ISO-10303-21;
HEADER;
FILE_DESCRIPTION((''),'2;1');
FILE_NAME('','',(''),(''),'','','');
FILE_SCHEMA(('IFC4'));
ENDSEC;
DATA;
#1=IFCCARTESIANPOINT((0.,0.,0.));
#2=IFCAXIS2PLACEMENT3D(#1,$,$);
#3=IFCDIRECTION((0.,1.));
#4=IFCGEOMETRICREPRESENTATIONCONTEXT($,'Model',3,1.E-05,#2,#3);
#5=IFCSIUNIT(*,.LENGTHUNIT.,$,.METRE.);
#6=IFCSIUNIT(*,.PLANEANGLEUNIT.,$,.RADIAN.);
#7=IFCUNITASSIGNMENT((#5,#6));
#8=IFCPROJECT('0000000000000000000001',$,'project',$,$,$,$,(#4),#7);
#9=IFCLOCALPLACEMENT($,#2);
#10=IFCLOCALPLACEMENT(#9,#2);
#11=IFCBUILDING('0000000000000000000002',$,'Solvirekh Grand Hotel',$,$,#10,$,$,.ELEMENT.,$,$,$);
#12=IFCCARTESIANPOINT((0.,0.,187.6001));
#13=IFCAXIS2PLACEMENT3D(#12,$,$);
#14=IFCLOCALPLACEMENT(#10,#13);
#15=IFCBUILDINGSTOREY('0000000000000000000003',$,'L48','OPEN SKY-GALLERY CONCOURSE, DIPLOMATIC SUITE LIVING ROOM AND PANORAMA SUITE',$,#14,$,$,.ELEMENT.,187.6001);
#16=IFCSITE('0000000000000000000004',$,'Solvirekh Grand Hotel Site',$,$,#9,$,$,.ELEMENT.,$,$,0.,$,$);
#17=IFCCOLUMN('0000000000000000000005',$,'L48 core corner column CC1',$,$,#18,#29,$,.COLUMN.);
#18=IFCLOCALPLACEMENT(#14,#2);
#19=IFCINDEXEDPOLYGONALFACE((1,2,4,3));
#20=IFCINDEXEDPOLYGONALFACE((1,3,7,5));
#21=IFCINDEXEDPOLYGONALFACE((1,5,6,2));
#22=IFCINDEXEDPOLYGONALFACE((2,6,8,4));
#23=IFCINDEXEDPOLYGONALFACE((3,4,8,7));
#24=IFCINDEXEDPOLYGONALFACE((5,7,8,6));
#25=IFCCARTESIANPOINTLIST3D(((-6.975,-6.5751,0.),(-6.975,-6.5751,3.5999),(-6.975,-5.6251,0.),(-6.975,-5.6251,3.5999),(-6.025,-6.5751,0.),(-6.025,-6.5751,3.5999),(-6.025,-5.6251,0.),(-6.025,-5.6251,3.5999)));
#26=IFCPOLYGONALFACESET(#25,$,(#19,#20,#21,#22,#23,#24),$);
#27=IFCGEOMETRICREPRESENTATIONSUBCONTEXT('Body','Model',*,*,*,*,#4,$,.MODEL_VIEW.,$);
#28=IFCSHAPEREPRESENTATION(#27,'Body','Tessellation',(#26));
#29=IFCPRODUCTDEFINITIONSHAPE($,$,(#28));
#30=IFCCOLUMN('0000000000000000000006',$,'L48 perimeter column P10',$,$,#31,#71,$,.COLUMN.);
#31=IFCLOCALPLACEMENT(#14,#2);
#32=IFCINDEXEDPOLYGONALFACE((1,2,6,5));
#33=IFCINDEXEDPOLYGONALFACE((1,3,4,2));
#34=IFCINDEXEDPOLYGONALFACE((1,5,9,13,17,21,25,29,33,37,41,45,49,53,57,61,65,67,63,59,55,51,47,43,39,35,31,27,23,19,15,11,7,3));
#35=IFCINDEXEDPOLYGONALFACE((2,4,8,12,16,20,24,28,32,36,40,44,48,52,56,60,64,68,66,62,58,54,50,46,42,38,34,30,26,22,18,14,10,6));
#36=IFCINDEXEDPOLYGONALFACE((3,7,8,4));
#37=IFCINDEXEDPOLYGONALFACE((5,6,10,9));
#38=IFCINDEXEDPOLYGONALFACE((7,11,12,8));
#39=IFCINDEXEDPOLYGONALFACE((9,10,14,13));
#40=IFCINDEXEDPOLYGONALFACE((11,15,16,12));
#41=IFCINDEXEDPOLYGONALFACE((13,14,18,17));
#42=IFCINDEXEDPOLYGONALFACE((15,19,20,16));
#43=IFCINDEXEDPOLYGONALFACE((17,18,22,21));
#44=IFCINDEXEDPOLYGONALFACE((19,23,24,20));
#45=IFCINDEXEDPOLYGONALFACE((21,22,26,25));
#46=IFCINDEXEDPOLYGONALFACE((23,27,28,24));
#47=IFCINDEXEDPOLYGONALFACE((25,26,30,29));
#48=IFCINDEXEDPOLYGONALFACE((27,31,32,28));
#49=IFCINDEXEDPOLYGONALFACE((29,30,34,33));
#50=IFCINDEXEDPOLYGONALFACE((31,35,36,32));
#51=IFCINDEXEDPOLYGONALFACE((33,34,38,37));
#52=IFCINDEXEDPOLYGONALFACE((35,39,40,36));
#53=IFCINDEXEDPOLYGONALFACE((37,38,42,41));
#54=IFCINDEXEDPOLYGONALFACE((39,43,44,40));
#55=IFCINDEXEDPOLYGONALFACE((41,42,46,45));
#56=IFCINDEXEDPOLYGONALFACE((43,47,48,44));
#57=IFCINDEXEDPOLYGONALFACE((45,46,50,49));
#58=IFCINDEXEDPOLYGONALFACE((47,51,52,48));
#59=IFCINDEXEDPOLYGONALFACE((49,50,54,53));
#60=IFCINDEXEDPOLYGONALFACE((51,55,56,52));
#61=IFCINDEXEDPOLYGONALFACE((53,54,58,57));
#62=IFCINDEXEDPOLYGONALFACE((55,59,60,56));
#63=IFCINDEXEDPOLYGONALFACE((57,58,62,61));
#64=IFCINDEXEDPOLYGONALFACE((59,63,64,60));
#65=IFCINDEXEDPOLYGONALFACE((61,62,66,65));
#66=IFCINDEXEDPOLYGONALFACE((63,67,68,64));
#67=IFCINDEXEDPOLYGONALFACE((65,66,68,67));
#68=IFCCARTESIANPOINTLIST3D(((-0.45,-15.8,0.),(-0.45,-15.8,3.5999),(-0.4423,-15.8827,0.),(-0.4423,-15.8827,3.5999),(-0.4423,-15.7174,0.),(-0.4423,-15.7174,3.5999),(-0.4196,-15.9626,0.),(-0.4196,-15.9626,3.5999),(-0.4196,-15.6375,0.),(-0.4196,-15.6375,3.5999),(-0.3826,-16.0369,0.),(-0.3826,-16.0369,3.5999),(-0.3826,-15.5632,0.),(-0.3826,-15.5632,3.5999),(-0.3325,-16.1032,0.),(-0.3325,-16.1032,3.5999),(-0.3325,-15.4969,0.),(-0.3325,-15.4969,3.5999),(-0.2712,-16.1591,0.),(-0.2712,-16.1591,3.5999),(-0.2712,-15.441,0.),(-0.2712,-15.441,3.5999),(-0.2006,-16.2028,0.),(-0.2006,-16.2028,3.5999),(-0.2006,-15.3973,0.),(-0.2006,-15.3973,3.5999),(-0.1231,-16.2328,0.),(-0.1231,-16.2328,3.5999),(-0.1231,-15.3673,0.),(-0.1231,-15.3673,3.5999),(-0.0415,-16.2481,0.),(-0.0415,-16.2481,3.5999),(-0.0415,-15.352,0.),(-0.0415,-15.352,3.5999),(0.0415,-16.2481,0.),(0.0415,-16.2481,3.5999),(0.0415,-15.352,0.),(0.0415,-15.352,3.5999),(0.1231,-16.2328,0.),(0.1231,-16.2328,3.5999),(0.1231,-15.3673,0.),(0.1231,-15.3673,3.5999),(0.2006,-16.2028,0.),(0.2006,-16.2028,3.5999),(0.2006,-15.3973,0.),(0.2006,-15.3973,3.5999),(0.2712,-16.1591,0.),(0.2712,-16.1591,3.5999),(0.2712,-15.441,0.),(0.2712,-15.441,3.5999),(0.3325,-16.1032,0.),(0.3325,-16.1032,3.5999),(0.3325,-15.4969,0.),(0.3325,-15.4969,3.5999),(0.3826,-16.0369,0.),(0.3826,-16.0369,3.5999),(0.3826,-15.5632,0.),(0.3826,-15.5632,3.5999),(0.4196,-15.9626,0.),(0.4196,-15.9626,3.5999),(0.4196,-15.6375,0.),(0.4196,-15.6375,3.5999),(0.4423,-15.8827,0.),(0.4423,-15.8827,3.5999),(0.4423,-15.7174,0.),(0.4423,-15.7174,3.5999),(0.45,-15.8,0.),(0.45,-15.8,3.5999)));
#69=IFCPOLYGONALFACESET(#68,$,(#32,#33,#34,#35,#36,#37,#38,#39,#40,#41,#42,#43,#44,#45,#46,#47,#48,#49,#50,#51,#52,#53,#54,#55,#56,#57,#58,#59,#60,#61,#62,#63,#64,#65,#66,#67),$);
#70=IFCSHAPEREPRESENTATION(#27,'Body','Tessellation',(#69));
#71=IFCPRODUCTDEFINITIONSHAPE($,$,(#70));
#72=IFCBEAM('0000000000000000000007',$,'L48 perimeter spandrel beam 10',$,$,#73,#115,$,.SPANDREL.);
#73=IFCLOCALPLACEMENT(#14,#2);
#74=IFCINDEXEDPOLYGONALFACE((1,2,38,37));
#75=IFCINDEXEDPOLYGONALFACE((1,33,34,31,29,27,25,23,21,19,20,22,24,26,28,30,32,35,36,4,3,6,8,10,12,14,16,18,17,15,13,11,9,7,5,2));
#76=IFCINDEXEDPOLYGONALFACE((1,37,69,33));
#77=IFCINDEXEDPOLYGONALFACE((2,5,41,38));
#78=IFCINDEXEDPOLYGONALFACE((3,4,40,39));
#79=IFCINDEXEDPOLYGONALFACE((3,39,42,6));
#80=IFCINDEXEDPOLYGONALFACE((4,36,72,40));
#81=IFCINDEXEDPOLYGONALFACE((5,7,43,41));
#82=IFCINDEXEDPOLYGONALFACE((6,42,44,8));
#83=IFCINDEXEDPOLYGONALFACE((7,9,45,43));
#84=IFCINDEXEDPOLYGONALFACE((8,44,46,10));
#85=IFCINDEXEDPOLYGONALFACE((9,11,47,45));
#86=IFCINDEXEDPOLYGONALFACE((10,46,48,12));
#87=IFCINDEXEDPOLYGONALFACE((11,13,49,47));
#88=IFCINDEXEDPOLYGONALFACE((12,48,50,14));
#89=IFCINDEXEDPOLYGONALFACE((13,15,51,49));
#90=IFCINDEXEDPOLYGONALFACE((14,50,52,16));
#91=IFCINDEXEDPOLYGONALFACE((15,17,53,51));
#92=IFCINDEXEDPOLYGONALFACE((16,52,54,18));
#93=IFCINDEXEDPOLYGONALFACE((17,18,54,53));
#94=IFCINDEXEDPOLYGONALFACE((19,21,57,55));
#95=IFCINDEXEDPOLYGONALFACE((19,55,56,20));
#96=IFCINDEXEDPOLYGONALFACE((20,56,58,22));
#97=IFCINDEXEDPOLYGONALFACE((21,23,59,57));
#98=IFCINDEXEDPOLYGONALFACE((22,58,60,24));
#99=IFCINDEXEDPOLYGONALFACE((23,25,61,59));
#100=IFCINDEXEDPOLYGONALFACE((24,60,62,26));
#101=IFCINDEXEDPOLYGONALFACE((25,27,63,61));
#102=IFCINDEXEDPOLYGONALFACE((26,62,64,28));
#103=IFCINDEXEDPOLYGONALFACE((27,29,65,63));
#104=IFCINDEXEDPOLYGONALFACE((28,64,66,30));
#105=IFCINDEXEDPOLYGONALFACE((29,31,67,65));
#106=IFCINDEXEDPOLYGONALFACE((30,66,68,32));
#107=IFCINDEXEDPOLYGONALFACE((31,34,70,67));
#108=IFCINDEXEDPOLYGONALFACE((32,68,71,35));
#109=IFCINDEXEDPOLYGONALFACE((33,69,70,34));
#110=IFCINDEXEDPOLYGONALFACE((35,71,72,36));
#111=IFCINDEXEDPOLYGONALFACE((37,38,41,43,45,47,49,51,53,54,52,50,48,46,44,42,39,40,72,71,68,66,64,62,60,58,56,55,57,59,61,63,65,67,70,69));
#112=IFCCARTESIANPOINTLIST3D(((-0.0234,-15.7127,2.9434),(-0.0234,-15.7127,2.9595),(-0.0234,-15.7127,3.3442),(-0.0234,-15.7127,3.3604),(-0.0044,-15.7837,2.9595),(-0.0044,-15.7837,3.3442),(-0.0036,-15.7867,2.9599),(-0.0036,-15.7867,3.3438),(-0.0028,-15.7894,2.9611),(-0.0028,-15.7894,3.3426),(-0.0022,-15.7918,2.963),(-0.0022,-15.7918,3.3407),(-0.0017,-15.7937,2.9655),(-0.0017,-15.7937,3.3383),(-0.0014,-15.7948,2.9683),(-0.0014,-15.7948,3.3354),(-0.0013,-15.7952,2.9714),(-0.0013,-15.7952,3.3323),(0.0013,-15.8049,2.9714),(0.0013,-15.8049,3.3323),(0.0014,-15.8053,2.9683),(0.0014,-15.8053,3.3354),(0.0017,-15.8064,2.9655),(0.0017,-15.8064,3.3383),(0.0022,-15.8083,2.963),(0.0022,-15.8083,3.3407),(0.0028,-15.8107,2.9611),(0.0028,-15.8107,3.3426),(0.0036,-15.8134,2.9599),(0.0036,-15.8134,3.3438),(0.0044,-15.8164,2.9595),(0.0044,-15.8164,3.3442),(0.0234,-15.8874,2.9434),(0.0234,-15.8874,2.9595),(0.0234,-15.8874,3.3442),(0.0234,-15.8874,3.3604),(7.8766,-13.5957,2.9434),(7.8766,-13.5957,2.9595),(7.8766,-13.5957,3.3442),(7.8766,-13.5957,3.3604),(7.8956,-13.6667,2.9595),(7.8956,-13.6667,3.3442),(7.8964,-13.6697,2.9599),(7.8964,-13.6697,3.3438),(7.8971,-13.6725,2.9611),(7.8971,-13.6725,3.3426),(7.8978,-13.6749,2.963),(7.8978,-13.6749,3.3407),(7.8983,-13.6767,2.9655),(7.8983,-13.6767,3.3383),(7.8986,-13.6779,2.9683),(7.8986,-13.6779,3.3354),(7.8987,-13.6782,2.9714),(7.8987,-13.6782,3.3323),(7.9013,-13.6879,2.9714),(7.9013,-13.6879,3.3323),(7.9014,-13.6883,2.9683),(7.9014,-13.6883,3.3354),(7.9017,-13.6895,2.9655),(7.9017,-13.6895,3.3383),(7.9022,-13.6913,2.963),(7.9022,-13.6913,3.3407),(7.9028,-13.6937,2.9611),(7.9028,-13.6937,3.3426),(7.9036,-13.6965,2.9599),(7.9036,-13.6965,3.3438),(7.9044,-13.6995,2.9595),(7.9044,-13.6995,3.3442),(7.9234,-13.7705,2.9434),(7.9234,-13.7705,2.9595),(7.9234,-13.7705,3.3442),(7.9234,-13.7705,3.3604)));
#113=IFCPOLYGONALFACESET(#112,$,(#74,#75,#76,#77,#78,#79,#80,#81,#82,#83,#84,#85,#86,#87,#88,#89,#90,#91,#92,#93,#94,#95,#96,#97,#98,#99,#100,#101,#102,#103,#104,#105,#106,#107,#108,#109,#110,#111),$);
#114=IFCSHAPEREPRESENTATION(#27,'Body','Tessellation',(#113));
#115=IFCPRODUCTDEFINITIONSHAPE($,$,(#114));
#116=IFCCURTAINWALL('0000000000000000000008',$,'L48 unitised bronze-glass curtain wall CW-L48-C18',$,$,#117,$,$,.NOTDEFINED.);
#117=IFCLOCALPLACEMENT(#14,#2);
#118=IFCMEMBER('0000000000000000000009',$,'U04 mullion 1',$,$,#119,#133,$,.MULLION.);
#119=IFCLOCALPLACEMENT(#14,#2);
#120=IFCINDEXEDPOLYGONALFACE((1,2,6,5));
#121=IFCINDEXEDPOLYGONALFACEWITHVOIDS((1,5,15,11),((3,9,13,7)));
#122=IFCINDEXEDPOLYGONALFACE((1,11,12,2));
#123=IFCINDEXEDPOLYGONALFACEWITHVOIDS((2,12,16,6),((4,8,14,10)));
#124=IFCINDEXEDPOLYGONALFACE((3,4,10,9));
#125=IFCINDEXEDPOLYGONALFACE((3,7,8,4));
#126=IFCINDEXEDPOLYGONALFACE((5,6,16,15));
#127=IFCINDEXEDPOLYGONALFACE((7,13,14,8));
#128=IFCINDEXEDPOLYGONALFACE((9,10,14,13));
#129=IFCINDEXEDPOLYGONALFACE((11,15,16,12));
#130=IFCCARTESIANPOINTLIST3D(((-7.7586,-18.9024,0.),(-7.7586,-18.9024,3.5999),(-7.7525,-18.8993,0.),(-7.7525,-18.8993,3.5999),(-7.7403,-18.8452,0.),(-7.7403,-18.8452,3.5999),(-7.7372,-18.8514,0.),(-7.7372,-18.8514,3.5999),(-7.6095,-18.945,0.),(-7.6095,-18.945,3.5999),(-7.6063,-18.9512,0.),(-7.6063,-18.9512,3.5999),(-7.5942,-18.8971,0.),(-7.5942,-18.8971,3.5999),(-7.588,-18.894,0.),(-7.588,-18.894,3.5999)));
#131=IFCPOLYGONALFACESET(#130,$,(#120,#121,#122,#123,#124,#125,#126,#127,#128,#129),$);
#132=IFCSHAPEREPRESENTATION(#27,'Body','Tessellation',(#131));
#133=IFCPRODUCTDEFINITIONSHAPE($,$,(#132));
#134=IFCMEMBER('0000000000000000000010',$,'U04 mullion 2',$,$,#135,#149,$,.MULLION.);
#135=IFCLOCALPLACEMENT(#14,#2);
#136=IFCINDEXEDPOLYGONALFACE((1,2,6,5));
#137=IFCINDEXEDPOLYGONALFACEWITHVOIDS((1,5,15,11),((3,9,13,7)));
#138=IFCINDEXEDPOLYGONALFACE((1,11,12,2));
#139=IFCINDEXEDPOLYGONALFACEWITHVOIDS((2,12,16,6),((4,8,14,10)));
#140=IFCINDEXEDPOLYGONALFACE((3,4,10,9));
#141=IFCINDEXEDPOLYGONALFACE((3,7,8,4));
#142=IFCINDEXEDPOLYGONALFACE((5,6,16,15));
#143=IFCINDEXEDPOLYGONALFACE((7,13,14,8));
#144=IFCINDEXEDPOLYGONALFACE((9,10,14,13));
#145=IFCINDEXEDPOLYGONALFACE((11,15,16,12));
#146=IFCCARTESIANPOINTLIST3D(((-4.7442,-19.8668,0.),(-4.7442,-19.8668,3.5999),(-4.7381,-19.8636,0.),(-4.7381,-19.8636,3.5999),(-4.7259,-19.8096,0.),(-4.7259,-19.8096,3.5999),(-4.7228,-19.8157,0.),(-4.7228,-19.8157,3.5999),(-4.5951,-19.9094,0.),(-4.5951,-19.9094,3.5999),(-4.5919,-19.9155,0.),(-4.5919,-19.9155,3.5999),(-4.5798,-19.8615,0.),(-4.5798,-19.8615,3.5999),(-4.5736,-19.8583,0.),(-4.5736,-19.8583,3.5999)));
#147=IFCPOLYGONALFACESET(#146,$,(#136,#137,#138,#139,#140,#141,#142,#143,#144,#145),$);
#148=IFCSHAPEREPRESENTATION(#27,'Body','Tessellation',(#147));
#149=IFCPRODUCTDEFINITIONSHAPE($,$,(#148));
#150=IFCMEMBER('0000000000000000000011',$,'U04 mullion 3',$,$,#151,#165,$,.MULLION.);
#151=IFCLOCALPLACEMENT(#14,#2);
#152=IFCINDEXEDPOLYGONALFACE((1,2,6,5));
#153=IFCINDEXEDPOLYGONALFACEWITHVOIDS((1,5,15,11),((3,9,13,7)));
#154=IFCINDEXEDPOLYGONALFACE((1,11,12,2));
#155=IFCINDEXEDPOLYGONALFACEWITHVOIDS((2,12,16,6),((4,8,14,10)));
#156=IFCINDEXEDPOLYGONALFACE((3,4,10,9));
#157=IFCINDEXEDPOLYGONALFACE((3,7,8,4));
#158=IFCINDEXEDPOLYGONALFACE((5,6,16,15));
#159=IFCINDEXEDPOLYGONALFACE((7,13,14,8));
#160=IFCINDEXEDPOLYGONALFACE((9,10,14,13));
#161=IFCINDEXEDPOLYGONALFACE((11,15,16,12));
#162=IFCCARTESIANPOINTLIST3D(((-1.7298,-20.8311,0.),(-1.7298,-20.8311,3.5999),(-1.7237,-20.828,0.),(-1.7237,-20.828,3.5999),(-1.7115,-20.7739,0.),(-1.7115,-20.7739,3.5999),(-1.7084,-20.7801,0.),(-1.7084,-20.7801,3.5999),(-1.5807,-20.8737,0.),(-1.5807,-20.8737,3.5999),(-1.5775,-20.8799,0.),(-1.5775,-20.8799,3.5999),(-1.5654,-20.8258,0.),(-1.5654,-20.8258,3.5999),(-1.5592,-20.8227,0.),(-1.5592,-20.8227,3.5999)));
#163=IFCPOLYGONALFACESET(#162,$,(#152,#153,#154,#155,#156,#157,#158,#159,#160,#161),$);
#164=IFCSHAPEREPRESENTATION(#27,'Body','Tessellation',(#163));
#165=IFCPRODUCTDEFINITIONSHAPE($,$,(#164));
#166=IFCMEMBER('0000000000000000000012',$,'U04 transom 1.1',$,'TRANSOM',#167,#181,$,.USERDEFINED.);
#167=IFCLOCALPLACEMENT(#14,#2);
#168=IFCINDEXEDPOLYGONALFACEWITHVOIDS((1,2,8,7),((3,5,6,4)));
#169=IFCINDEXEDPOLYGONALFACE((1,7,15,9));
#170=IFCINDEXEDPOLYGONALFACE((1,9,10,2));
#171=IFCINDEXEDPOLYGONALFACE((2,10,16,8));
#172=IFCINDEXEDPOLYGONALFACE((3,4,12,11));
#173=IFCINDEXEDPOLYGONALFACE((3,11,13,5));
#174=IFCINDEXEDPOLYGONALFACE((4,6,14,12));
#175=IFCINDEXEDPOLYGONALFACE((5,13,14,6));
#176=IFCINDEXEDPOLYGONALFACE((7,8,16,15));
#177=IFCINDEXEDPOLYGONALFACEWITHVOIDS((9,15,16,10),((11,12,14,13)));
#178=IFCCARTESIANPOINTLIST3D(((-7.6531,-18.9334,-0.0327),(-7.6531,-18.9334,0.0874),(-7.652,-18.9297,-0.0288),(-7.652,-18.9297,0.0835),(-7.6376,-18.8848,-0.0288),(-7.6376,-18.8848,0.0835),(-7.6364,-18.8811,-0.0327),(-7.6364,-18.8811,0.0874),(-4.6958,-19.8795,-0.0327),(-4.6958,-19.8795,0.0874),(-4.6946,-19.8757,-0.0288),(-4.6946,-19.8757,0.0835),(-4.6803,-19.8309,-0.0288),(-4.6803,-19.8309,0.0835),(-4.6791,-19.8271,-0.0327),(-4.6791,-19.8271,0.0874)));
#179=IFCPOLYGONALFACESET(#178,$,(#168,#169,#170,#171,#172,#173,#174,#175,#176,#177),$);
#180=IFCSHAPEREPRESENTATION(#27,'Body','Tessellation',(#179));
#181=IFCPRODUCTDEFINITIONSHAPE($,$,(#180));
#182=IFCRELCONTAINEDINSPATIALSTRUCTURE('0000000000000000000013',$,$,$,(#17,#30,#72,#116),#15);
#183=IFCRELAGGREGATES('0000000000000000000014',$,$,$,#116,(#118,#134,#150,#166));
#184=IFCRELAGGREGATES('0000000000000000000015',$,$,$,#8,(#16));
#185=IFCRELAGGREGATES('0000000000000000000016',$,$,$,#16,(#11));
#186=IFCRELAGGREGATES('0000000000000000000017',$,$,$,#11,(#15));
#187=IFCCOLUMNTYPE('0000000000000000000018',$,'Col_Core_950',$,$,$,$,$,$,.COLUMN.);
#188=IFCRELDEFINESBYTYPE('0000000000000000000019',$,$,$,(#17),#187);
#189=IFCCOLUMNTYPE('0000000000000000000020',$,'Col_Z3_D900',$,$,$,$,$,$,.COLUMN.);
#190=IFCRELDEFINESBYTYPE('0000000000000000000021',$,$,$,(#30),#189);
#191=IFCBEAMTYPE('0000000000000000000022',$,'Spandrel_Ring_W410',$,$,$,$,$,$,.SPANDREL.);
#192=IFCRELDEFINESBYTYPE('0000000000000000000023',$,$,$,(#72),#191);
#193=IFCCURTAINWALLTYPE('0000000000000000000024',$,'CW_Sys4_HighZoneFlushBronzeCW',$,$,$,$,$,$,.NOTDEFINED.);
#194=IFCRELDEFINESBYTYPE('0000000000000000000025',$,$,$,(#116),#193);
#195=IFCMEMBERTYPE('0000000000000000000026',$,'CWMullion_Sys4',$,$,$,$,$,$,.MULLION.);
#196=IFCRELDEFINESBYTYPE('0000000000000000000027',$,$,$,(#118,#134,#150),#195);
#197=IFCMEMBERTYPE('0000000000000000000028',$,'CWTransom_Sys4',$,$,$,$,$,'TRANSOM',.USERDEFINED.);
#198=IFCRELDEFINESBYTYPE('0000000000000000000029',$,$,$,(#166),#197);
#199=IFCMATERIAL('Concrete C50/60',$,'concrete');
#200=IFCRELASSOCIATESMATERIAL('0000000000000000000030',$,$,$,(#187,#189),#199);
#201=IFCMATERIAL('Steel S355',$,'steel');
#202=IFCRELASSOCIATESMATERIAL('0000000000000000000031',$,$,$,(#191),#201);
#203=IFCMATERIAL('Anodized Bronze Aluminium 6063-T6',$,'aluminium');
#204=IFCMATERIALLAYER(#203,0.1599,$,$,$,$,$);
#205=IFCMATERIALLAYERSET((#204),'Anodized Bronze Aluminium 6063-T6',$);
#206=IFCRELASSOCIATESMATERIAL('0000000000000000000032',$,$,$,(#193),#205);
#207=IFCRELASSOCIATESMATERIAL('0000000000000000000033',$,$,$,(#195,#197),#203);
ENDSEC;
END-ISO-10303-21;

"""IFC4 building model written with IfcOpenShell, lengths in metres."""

from ifc_helpers import new_model, si_unit, direction, frame, origin, origin_2d, place, context, subcontext, project, spatial, rectangle, hollow_rectangle, circle, i_section, extrude, source, transform, mapped, material, layer, layer_set, material_profile, profile_set, type_object, element, aggregate, save


model = new_model("IFC4")

# Units and contexts
model_context = context("Model", 3, precision=1e-05, world=origin(), true_north=direction((0.0, 1.0)))
body_context = subcontext(model_context, "Body", "Model", "MODEL_VIEW")
ifc_project = project(units=[si_unit("LENGTHUNIT", "METRE"), si_unit("PLANEANGLEUNIT", "RADIAN")], contexts=[model_context])

# Site, building, storey
site_placement = place(None, origin())
site = spatial("IfcSite", under=ifc_project, at=site_placement, Name="Solvirekh Grand Hotel Site", CompositionType="ELEMENT", RefElevation=0.0)
building_placement = place(site_placement, origin())
building = spatial("IfcBuilding", under=site, at=building_placement, Name="Solvirekh Grand Hotel", CompositionType="ELEMENT")
storey_placement = place(building_placement, frame((0.0, 0.0, 187.6001)))
storey = spatial("IfcBuildingStorey", under=building, at=storey_placement, Name="L48", Description="OPEN SKY-GALLERY CONCOURSE, DIPLOMATIC SUITE LIVING ROOM AND PANORAMA SUITE", CompositionType="ELEMENT", Elevation=187.6001)

# Columns
ifc_material_1 = material(Name="Concrete C50/60", Category="concrete")
ifc_material_profile_1 = material_profile(ifc_material_1, rectangle(XDim=0.95, YDim=0.95, at=origin_2d()), Name="RC 950X950")
ifc_profile_set_1 = profile_set([ifc_material_profile_1], Name="Concrete C50/60")
column_type_1 = type_object("IfcColumnType", Name="Col_Core_950", PredefinedType="COLUMN", material=ifc_profile_set_1)
column_1_placement = place(storey_placement, frame((-6.5, -6.1001, 0.0), z_axis=(0.0, 0.0, 1.0), x_axis=(1.0, 0.0, 0.0)))
element("IfcColumn", 1, at=column_1_placement, inside=storey, type_object=column_type_1, Name="L48 core corner column CC1", PredefinedType="COLUMN", context=body_context, shape_type="SweptSolid", body=[
    extrude(rectangle(XDim=0.95, YDim=0.95, at=origin_2d()), origin(), (0.0, 0.0, 1.0), 3.5999),
])
ifc_material_profile_2 = material_profile(ifc_material_1, circle(Radius=0.45, at=origin_2d()), Name="RC CIRC D900")
ifc_profile_set_2 = profile_set([ifc_material_profile_2], Name="Concrete C50/60")
column_type_2 = type_object("IfcColumnType", Name="Col_Z3_D900", PredefinedType="COLUMN", material=ifc_profile_set_2)
column_2_placement = place(storey_placement, frame((0.0, -15.8, 0.0), z_axis=(0.0, 0.0, 1.0), x_axis=(1.0, 0.0, 0.0)))
element("IfcColumn", 2, at=column_2_placement, inside=storey, type_object=column_type_2, Name="L48 perimeter column P10", PredefinedType="COLUMN", context=body_context, shape_type="SweptSolid", body=[
    extrude(circle(Radius=0.45, at=origin_2d()), origin(), (0.0, 0.0, 1.0), 3.5999),
])

# Beam
ifc_material_2 = material(Name="Steel S355", Category="steel")
ifc_material_profile_3 = material_profile(ifc_material_2, i_section(OverallWidth=0.1809, OverallDepth=0.417, WebThickness=0.01, FlangeThickness=0.0161, FilletRadius=0.012, at=origin_2d()), Name="W410X85")
ifc_profile_set_3 = profile_set([ifc_material_profile_3], Name="Steel S355")
beam_type = type_object("IfcBeamType", Name="Spandrel_Ring_W410", PredefinedType="SPANDREL", material=ifc_profile_set_3)
beam_placement = place(storey_placement, frame((0.0, -15.8, 3.1519), z_axis=(0.965921, 0.258839, 0.0), x_axis=(-0.258839, 0.965921, 0.0)))
element("IfcBeam", 3, at=beam_placement, inside=storey, type_object=beam_type, Name="L48 perimeter spandrel beam 10", PredefinedType="SPANDREL", context=body_context, shape_type="SweptSolid", body=[
    extrude(i_section(OverallWidth=0.1809, OverallDepth=0.417, WebThickness=0.01, FlangeThickness=0.0161, FilletRadius=0.012, at=origin_2d()), origin(), (0.0, 0.0, 1.0), 8.1787),
])

# Curtain wall, members
ifc_material_3 = material(Name="Anodized Bronze Aluminium 6063-T6", Category="aluminium")
ifc_layer_1 = layer(ifc_material_3, 0.1599)
ifc_layer_set_1 = layer_set([ifc_layer_1], Name="Anodized Bronze Aluminium 6063-T6")
curtain_wall_type = type_object("IfcCurtainWallType", Name="CW_Sys4_HighZoneFlushBronzeCW", PredefinedType="NOTDEFINED", material=ifc_layer_set_1)
curtain_wall_placement = place(storey_placement, origin())
curtain_wall = element("IfcCurtainWall", 4, at=curtain_wall_placement, inside=storey, type_object=curtain_wall_type, Name="L48 unitised bronze-glass curtain wall CW-L48-C18", PredefinedType="NOTDEFINED")
ifc_material_profile_4 = material_profile(ifc_material_3, hollow_rectangle(XDim=0.0601, YDim=0.1599, WallThickness=0.0049, at=origin_2d()), Name="ALU RHS 160X60X5")
ifc_profile_set_4 = profile_set([ifc_material_profile_4], Name="Anodized Bronze Aluminium 6063-T6")
member_type_1 = type_object("IfcMemberType", Name="CWMullion_Sys4", PredefinedType="MULLION", material=ifc_profile_set_4)
shared_shape_1 = source(origin(), body_context, "Body", "SweptSolid", [
    extrude(hollow_rectangle(XDim=0.0601, YDim=0.1599, WallThickness=0.0049, at=origin_2d()), origin(), (0.0, 0.0, 1.0), 3.5999),
])
member_1_placement = place(storey_placement, frame((-7.6733, -18.8982, 0.0), z_axis=(0.0, 0.0, 1.0), x_axis=(0.304702, 0.952448, 0.0)))
member_1 = element("IfcMember", 5, at=member_1_placement, type_object=member_type_1, Name="U04 mullion 1", PredefinedType="MULLION", context=body_context, shape_type="MappedRepresentation", body=[
    mapped(shared_shape_1, transform((0.0, 0.0, 0.0), x_axis=(1.0, 0.0, 0.0), y_axis=(0.0, 1.0, 0.0), z_axis=(0.0, 0.0, 1.0), scale=1.0)),
])
member_2_placement = place(storey_placement, frame((-4.6589, -19.8625, 0.0), z_axis=(0.0, 0.0, 1.0), x_axis=(0.304702, 0.952448, 0.0)))
member_2 = element("IfcMember", 6, at=member_2_placement, type_object=member_type_1, Name="U04 mullion 2", PredefinedType="MULLION", context=body_context, shape_type="MappedRepresentation", body=[
    mapped(shared_shape_1, transform((0.0, 0.0, 0.0), x_axis=(1.0, 0.0, 0.0), y_axis=(0.0, 1.0, 0.0), z_axis=(0.0, 0.0, 1.0), scale=1.0)),
])
member_3_placement = place(storey_placement, frame((-1.6445, -20.8269, 0.0), z_axis=(0.0, 0.0, 1.0), x_axis=(0.304702, 0.952448, 0.0)))
member_3 = element("IfcMember", 7, at=member_3_placement, type_object=member_type_1, Name="U04 mullion 3", PredefinedType="MULLION", context=body_context, shape_type="MappedRepresentation", body=[
    mapped(shared_shape_1, transform((0.0, 0.0, 0.0), x_axis=(1.0, 0.0, 0.0), y_axis=(0.0, 1.0, 0.0), z_axis=(0.0, 0.0, 1.0), scale=1.0)),
])
ifc_material_profile_5 = material_profile(ifc_material_3, hollow_rectangle(XDim=0.0549, YDim=0.1201, WallThickness=0.0039, at=origin_2d()), Name="ALU RHS 120X55X4")
ifc_profile_set_5 = profile_set([ifc_material_profile_5], Name="Anodized Bronze Aluminium 6063-T6")
member_type_2 = type_object("IfcMemberType", Name="CWTransom_Sys4", ElementType="TRANSOM", PredefinedType="USERDEFINED", material=ifc_profile_set_5)
shared_shape_2 = source(origin(), body_context, "Body", "SweptSolid", [
    extrude(hollow_rectangle(XDim=0.0549, YDim=0.1201, WallThickness=0.0039, at=origin_2d()), origin(), (0.0, 0.0, 1.0), 3.105),
])
member_4_placement = place(storey_placement, frame((-7.6448, -18.9072, 0.0273), z_axis=(0.952451, -0.304693, 0.0), x_axis=(0.304693, 0.952451, 0.0)))
member_4 = element("IfcMember", 8, at=member_4_placement, type_object=member_type_2, Name="U04 transom 1.1", ObjectType="TRANSOM", PredefinedType="USERDEFINED", context=body_context, shape_type="MappedRepresentation", body=[
    mapped(shared_shape_2, transform((0.0, 0.0, 0.0), x_axis=(1.0, 0.0, 0.0), y_axis=(0.0, 1.0, 0.0), z_axis=(0.0, 0.0, 1.0), scale=1.0)),
])
aggregate(curtain_wall, [member_1, member_2, member_3, member_4])

save(model, "model.ifc")
